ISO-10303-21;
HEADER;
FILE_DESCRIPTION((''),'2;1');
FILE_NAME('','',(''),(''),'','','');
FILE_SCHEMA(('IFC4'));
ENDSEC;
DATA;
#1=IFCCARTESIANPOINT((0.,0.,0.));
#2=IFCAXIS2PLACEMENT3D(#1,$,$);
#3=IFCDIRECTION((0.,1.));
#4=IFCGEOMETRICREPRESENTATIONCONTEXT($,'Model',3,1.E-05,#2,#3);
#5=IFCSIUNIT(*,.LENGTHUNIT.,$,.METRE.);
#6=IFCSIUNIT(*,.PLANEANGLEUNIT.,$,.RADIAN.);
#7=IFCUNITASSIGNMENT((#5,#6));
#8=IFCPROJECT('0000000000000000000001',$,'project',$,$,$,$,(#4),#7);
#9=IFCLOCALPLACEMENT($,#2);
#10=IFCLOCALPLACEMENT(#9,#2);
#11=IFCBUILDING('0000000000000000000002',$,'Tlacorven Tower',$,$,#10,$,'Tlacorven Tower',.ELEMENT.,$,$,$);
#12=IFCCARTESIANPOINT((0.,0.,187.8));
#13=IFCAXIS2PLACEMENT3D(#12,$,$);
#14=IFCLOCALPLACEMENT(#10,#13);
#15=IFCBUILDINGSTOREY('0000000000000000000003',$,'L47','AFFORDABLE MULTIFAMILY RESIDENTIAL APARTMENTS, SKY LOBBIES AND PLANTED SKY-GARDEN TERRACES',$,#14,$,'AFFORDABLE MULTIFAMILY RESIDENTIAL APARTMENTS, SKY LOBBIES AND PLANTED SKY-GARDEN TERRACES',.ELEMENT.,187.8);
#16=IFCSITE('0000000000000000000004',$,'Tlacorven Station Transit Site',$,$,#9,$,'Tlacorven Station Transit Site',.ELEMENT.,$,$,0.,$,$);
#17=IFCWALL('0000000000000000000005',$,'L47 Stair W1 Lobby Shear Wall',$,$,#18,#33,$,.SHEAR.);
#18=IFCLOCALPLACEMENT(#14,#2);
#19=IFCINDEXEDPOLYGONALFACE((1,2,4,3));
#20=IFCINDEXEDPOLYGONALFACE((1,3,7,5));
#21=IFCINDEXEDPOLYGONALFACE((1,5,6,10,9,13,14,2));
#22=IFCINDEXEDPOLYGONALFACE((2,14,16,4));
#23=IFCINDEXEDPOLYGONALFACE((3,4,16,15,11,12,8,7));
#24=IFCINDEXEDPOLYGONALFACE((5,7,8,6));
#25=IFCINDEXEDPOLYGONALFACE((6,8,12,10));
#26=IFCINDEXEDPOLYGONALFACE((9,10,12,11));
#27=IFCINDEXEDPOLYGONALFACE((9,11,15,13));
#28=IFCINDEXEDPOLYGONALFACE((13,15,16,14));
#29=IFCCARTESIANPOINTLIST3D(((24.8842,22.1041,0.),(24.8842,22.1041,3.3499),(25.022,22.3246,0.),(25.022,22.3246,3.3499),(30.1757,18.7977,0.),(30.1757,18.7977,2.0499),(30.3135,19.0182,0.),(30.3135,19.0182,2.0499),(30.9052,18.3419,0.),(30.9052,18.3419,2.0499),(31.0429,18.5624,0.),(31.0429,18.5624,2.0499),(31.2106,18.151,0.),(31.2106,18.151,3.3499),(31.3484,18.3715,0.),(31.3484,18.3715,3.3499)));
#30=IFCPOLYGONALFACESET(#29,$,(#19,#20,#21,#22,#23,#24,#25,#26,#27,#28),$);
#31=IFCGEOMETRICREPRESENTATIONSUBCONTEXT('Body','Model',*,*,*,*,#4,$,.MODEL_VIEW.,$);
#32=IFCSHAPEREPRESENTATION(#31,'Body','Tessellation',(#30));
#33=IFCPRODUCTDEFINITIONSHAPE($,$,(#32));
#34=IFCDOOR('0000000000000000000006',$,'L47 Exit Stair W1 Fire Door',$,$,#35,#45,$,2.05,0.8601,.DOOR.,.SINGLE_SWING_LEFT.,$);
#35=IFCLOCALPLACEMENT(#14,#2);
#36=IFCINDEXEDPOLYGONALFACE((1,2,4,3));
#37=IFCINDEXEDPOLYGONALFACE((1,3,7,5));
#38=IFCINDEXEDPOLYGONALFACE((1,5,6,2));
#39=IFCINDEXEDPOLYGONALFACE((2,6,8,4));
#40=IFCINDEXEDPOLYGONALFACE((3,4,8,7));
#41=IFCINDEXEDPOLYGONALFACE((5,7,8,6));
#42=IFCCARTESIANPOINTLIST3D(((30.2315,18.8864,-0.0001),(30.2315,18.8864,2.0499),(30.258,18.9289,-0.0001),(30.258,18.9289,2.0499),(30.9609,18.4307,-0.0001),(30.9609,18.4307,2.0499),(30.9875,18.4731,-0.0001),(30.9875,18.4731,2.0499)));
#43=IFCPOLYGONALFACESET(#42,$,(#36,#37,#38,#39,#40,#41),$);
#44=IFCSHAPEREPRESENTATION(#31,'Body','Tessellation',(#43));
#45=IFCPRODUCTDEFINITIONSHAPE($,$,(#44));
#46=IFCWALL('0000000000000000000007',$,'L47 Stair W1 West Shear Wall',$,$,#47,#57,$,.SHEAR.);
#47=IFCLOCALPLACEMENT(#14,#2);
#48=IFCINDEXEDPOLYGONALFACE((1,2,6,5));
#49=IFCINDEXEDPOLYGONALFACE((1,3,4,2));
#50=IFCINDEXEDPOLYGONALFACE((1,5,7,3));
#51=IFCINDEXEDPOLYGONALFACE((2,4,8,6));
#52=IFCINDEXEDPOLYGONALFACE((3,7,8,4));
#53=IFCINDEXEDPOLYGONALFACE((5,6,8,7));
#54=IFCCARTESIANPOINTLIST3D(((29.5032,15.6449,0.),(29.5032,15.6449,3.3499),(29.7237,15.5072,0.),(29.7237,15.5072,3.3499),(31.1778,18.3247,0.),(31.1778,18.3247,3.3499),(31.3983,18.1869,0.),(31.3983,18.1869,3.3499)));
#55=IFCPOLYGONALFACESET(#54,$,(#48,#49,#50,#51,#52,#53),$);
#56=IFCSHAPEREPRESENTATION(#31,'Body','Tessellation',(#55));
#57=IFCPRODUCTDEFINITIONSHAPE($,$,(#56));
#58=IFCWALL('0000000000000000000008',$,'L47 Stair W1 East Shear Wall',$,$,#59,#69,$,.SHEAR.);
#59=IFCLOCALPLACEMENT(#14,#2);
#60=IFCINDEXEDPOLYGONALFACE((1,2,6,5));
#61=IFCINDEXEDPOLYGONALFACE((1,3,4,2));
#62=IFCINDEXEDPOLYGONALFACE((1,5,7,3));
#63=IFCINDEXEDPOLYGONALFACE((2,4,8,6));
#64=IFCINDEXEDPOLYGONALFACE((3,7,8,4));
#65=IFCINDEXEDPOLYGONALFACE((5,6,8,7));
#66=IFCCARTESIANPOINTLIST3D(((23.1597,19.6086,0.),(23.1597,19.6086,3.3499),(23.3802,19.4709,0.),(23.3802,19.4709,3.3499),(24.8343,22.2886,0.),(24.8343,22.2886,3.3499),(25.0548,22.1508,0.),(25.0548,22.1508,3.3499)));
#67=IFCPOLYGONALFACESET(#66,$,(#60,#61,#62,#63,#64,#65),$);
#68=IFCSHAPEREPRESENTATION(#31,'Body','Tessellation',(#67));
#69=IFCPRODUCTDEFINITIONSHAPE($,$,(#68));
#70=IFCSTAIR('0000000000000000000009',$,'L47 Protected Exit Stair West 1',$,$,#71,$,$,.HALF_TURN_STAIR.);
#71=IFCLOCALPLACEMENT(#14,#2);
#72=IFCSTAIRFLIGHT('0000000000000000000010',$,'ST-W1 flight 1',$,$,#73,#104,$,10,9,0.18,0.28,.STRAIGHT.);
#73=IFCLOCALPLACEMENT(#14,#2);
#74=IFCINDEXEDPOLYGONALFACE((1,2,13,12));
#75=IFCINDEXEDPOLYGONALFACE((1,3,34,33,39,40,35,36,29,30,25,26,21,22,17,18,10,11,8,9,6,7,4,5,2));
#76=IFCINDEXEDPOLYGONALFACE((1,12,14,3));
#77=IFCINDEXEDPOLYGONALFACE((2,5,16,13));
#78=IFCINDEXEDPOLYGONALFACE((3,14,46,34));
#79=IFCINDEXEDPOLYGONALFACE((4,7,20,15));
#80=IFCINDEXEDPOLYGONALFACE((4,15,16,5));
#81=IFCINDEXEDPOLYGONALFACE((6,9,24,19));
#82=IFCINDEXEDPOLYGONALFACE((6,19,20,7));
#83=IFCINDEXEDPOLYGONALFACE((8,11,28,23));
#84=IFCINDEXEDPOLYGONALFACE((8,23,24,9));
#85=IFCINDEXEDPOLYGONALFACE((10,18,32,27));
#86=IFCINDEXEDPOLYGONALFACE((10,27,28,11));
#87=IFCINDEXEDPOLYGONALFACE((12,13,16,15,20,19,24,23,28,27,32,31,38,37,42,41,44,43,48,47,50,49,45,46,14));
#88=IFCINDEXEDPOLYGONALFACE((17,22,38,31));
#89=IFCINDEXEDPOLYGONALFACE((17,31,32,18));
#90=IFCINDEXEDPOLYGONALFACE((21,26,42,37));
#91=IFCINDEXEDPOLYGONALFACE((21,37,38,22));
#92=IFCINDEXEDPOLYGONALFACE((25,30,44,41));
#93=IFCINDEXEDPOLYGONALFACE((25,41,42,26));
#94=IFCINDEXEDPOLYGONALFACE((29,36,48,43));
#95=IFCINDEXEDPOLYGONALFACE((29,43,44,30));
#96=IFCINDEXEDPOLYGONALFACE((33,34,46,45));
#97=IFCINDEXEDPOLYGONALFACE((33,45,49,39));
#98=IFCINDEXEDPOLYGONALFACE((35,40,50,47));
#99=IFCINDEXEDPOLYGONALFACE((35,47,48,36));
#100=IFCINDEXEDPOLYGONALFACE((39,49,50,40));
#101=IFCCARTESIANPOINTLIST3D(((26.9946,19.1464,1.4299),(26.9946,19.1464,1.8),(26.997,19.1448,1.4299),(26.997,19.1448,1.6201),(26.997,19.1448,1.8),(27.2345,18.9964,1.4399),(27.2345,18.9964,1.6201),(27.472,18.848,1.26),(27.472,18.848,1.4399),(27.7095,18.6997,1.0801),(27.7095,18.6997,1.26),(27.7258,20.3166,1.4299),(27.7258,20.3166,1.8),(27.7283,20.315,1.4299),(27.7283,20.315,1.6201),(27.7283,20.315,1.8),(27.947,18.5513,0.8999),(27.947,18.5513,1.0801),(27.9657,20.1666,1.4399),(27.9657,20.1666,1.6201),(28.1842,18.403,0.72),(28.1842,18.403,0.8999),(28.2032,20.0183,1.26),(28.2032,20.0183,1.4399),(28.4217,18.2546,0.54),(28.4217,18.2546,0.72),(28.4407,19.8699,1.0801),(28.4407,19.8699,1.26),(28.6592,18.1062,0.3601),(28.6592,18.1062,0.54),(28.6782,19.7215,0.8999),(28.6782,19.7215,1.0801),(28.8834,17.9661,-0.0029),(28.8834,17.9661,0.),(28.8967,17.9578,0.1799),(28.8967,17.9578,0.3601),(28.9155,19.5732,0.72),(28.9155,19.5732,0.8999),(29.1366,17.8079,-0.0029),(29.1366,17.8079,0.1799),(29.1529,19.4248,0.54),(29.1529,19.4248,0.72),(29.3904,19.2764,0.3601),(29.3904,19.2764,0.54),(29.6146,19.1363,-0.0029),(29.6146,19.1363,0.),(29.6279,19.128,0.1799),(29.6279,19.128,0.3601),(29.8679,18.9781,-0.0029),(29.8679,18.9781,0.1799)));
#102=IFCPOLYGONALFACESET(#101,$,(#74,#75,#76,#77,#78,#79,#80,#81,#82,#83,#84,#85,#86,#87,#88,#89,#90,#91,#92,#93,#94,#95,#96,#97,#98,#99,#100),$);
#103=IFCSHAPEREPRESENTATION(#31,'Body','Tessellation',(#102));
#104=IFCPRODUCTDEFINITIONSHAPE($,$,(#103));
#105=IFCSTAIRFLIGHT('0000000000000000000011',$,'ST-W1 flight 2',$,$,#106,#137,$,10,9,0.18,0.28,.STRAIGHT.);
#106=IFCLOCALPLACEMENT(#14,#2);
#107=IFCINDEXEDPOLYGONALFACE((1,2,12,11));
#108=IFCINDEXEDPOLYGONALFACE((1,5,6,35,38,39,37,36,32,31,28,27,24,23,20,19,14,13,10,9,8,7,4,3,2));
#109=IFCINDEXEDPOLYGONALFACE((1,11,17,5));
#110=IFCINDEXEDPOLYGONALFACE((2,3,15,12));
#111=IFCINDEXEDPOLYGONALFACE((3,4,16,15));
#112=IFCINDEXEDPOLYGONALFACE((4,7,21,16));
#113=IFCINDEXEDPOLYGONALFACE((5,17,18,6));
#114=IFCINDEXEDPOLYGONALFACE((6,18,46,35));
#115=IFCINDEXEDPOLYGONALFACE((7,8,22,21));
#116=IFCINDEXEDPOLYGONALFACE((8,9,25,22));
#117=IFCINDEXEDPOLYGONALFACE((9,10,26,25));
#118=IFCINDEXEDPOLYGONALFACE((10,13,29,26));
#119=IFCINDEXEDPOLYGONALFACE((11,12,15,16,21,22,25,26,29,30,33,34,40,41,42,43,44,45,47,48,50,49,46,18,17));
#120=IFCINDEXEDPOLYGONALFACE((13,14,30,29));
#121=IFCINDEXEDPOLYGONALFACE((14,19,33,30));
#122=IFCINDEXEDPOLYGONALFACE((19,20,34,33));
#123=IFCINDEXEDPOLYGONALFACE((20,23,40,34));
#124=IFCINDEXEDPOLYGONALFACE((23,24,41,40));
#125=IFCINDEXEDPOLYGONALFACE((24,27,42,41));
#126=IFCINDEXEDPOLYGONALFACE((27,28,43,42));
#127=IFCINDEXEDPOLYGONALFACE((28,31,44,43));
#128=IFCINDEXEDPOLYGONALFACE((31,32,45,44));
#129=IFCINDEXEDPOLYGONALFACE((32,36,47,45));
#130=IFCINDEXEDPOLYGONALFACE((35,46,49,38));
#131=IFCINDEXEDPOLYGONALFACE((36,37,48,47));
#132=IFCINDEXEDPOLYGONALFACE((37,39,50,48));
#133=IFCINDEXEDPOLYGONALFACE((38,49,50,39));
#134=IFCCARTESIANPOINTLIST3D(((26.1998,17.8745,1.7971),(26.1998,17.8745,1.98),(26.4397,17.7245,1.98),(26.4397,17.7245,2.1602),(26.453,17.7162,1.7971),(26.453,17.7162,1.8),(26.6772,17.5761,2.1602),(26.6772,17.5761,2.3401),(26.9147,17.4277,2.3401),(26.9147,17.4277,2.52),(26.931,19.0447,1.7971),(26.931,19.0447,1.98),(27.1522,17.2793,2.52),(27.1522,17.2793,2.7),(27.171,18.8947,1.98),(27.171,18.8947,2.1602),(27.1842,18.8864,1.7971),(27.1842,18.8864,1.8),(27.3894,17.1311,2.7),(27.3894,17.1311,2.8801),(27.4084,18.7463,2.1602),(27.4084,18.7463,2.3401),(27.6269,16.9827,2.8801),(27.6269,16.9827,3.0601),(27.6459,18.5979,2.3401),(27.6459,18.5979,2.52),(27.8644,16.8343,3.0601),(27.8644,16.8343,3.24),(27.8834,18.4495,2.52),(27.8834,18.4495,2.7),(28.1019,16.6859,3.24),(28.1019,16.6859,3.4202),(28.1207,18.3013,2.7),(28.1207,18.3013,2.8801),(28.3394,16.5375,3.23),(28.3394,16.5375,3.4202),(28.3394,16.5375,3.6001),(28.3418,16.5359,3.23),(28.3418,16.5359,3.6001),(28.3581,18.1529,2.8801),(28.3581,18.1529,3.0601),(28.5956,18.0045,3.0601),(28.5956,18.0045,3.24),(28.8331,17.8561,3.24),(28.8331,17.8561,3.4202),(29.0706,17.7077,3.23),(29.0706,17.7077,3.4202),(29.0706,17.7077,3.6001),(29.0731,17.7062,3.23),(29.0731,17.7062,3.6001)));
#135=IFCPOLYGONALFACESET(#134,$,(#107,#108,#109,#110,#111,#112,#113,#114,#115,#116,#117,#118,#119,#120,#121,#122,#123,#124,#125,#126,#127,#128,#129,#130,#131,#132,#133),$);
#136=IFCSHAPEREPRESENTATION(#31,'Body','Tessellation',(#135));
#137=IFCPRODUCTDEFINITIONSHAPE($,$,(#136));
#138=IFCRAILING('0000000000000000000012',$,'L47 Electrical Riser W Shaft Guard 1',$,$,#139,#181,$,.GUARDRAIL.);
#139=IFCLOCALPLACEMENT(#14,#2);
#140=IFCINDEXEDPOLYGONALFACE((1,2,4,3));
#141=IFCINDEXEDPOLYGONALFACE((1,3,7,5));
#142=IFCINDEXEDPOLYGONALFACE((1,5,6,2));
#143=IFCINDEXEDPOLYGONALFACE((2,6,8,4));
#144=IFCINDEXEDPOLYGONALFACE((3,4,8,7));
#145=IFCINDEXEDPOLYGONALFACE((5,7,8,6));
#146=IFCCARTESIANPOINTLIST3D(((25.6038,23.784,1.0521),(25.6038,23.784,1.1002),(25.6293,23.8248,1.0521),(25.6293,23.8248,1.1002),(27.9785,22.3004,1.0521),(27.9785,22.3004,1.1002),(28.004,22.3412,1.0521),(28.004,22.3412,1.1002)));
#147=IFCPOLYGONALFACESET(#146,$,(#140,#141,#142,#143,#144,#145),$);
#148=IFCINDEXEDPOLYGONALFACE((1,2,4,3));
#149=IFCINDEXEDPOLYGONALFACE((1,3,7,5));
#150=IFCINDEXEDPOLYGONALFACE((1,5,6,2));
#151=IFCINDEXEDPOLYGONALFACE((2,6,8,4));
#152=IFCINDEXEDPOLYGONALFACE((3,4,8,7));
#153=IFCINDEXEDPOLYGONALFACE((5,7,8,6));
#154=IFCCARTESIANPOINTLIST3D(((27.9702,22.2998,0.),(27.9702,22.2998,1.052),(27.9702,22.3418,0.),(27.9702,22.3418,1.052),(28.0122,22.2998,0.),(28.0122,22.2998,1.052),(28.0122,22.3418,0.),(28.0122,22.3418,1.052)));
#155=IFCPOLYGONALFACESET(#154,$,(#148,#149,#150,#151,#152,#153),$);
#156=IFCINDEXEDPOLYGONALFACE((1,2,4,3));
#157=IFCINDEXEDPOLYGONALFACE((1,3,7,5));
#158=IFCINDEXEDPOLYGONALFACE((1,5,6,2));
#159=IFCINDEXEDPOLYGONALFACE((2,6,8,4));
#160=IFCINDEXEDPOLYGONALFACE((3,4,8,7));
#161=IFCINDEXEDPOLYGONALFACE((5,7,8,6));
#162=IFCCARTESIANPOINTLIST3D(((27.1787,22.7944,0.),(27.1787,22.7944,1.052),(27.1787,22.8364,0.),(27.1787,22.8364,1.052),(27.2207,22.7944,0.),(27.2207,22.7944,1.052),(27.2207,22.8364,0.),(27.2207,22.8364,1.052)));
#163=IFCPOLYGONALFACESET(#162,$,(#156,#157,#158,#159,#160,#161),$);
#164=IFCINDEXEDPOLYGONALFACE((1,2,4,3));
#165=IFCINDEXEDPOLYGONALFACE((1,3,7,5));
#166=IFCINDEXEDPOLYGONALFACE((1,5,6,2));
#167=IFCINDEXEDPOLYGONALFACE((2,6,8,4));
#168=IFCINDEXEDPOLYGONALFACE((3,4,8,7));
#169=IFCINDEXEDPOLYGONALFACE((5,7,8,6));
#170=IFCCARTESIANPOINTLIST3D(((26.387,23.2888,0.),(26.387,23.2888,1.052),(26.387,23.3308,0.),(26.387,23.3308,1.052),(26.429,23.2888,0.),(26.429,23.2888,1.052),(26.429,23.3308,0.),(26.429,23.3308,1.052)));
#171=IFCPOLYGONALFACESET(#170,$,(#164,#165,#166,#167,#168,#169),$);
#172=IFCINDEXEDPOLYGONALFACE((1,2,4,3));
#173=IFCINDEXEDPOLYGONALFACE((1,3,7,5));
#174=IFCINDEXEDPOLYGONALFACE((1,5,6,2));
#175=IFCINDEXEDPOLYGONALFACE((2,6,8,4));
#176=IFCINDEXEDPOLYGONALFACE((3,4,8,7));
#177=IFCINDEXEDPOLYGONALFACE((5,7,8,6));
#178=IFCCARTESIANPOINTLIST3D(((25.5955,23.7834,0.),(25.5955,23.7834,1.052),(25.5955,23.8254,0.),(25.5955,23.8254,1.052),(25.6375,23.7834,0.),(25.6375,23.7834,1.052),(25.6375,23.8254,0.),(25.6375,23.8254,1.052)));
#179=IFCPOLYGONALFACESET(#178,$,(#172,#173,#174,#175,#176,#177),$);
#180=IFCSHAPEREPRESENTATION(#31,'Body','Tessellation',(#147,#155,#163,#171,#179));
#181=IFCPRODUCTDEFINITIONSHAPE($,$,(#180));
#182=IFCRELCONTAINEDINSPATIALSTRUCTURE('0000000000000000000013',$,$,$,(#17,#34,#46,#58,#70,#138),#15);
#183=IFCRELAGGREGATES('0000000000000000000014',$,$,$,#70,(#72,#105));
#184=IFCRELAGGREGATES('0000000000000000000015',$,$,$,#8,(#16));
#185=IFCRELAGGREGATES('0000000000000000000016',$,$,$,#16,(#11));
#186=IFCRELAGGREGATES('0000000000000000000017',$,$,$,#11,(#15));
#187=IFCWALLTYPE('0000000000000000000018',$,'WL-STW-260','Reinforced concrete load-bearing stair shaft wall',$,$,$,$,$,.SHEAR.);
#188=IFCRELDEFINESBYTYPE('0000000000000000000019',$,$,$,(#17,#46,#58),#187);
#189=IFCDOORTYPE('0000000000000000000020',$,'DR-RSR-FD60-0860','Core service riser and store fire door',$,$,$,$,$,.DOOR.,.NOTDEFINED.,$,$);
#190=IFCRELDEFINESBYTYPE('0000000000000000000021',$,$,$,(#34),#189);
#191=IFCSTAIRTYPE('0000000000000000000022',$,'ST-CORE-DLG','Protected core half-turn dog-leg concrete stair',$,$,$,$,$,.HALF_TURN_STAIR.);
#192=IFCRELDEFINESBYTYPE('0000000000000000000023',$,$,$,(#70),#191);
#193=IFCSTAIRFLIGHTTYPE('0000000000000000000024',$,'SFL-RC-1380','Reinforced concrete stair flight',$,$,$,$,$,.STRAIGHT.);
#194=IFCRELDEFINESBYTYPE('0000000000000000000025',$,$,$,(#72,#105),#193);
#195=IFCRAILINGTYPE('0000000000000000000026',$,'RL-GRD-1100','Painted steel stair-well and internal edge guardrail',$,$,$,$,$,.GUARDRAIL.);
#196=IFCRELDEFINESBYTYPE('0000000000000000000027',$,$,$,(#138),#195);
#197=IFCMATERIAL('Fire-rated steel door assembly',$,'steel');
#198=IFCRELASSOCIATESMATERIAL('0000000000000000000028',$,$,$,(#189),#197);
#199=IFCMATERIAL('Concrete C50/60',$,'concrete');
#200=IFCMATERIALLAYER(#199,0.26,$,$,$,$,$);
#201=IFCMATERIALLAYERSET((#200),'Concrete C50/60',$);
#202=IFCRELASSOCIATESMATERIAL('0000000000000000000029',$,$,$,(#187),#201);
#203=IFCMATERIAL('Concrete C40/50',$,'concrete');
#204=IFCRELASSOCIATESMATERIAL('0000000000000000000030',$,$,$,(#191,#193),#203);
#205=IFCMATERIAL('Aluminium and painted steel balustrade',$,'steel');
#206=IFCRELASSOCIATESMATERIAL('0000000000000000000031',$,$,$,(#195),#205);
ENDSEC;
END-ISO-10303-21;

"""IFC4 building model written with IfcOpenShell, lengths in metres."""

from ifc_helpers import new_model, si_unit, direction, frame, frame_2d, origin, origin_2d, place, context, subcontext, project, spatial, polyline, rectangle, outline, extrude, source, transform, mapped, material, layer, layer_set, type_object, element, fill, aggregate, save


model = new_model("IFC4")

# Units and contexts
model_context = context("Model", 3, precision=1e-05, world=origin(), true_north=direction((0.0, 1.0)))
body_context = subcontext(model_context, "Body", "Model", "MODEL_VIEW")
ifc_project = project(units=[si_unit("LENGTHUNIT", "METRE"), si_unit("PLANEANGLEUNIT", "RADIAN")], contexts=[model_context])

# Site, building, storey
site_placement = place(None, origin())
site = spatial("IfcSite", under=ifc_project, at=site_placement, Name="Tlacorven Station Transit Site", LongName="Tlacorven Station Transit Site", CompositionType="ELEMENT", RefElevation=0.0)
building_placement = place(site_placement, origin())
building = spatial("IfcBuilding", under=site, at=building_placement, Name="Tlacorven Tower", LongName="Tlacorven Tower", CompositionType="ELEMENT")
storey_placement = place(building_placement, frame((0.0, 0.0, 187.8)))
storey = spatial("IfcBuildingStorey", under=building, at=storey_placement, Name="L47", Description="AFFORDABLE MULTIFAMILY RESIDENTIAL APARTMENTS, SKY LOBBIES AND PLANTED SKY-GARDEN TERRACES", LongName="AFFORDABLE MULTIFAMILY RESIDENTIAL APARTMENTS, SKY LOBBIES AND PLANTED SKY-GARDEN TERRACES", CompositionType="ELEMENT", Elevation=187.8)

# Shared definitions
ifc_material_1 = material(Name="Fire-rated steel door assembly", Category="steel")
door_type = type_object("IfcDoorType", Name="DR-RSR-FD60-0860", Description="Core service riser and store fire door", OperationType="NOTDEFINED", PredefinedType="DOOR", material=ifc_material_1)
shared_shape_1 = source(origin(), body_context, "Body", "SweptSolid", [
    extrude(rectangle(XDim=0.8601, YDim=2.05, at=frame_2d((0.4302, 1.0249))), frame((0.0, 0.0249, 0.0), z_axis=(0.0, -1.0, 0.0), x_axis=(1.0, 0.0, 0.0)), (0.0, 0.0, 1.0), 0.05),
])

# Shared definitions
ifc_material_2 = material(Name="Concrete C40/50", Category="concrete")

# Shared definitions
ifc_material_3 = material(Name="Concrete C50/60", Category="concrete")
ifc_layer_1 = layer(ifc_material_3, 0.26)
ifc_layer_set_1 = layer_set([ifc_layer_1], Name="Concrete C50/60")
wall_type_1 = type_object("IfcWallType", Name="WL-STW-260", Description="Reinforced concrete load-bearing stair shaft wall", PredefinedType="SHEAR", material=ifc_layer_set_1)

# Wall, opening, door
wall_1_placement = place(storey_placement, frame((31.2795, 18.2612, 0.0), z_axis=(0.0, 0.0, 1.0), x_axis=(-0.848052, 0.529914, 0.0)))
wall_1 = element("IfcWall", 1, at=wall_1_placement, inside=storey, type_object=wall_type_1, Name="L47 Stair W1 Lobby Shear Wall", PredefinedType="SHEAR", context=body_context, shape_type="SweptSolid", body=[
    extrude(rectangle(XDim=7.46, YDim=0.26, at=frame_2d((3.73, 0.0))), origin(), (0.0, 0.0, 1.0), 3.3499),
])
opening_1_placement = place(wall_1_placement, frame((0.3601, 0.0, 0.0)))
opening_1 = element("IfcOpeningElement", 2, at=opening_1_placement, cuts=wall_1, PredefinedType="OPENING", context=body_context, shape_type="SweptSolid", body=[
    extrude(rectangle(XDim=0.8601, YDim=2.05, at=frame_2d((0.4302, 1.0249))), frame((0.0, 0.1401, 0.0), z_axis=(0.0, -1.0, 0.0), x_axis=(1.0, 0.0, 0.0)), (0.0, 0.0, 1.0), 0.28),
])
door_1_placement = place(opening_1_placement, frame((0.8601, 0.0, 0.0), z_axis=(0.0, 0.0, 1.0), x_axis=(-1.0, 0.0, 0.0)))
door_1 = element("IfcDoor", 3, at=door_1_placement, inside=storey, type_object=door_type, Name="L47 Exit Stair W1 Fire Door", OperationType="SINGLE_SWING_LEFT", OverallHeight=2.05, OverallWidth=0.8601, PredefinedType="DOOR", context=body_context, shape_type="MappedRepresentation", body=[
    mapped(shared_shape_1, transform((0.0, 0.0, 0.0), scale=1.0)),
])
fill(opening_1, door_1)

# Walls
wall_2_placement = place(storey_placement, frame((31.2881, 18.2559, 0.0), z_axis=(0.0, 0.0, 1.0), x_axis=(-0.529943, -0.848033, 0.0)))
element("IfcWall", 4, at=wall_2_placement, inside=storey, type_object=wall_type_1, Name="L47 Stair W1 West Shear Wall", PredefinedType="SHEAR", context=body_context, shape_type="SweptSolid", body=[
    extrude(rectangle(XDim=3.1599, YDim=0.26, at=frame_2d((1.5801, 0.0))), origin(), (0.0, 0.0, 1.0), 3.3499),
])
wall_3_placement = place(storey_placement, frame((24.9446, 22.2197, 0.0), z_axis=(0.0, 0.0, 1.0), x_axis=(-0.529909, -0.848055, 0.0)))
element("IfcWall", 5, at=wall_3_placement, inside=storey, type_object=wall_type_1, Name="L47 Stair W1 East Shear Wall", PredefinedType="SHEAR", context=body_context, shape_type="SweptSolid", body=[
    extrude(rectangle(XDim=3.1602, YDim=0.26, at=frame_2d((1.5801, 0.0))), origin(), (0.0, 0.0, 1.0), 3.3499),
])

# Stair, stair flights
stair_type = type_object("IfcStairType", Name="ST-CORE-DLG", Description="Protected core half-turn dog-leg concrete stair", PredefinedType="HALF_TURN_STAIR", material=ifc_material_2)
stair_placement = place(storey_placement, origin())
stair = element("IfcStair", 6, at=stair_placement, inside=storey, type_object=stair_type, Name="L47 Protected Exit Stair West 1", PredefinedType="HALF_TURN_STAIR")
stair_flight_type = type_object("IfcStairFlightType", Name="SFL-RC-1380", Description="Reinforced concrete stair flight", PredefinedType="STRAIGHT", material=ifc_material_2)
shared_shape_2 = source(origin(), body_context, "Body", "SweptSolid", [
    extrude(outline(polyline([(-0.0029, -0.0029), (-0.0029, 0.1799), (0.28, 0.1799), (0.28, 0.3601), (0.5601, 0.3601), (0.5601, 0.54), (0.8401, 0.54), (0.8401, 0.72), (1.1201, 0.72), (1.1201, 0.8999), (1.3999, 0.8999), (1.3999, 1.0801), (1.6799, 1.0801), (1.6799, 1.26), (1.96, 1.26), (1.96, 1.4399), (2.24, 1.4399), (2.24, 1.6201), (2.52, 1.6201), (2.52, 1.8), (2.5229, 1.8), (2.5229, 1.4299), (2.52, 1.4299), (0.2957, 0.0), (0.2957, -0.0029), (-0.0029, -0.0029)])), frame((0.0, 0.6899, 0.0), z_axis=(0.0, -1.0, 0.0), x_axis=(1.0, 0.0, 0.0)), (0.0, 0.0, 1.0), 1.3799),
])
stair_flight_1_placement = place(storey_placement, frame((29.4998, 18.3945, 0.0), z_axis=(0.0, 0.0, 1.0), x_axis=(-0.848048, 0.529919, 0.0)))
stair_flight_1 = element("IfcStairFlight", 7, at=stair_flight_1_placement, type_object=stair_flight_type, Name="ST-W1 flight 1", NumberOfRisers=10, NumberOfTreads=9, PredefinedType="STRAIGHT", RiserHeight=0.18, TreadLength=0.28, context=body_context, shape_type="MappedRepresentation", body=[
    mapped(shared_shape_2, transform((0.0, 0.0, 0.0), scale=1.0)),
])
stair_flight_2_placement = place(storey_placement, frame((26.5679, 18.458, 1.8), z_axis=(0.0, 0.0, 1.0), x_axis=(0.848048, -0.529919, 0.0)))
stair_flight_2 = element("IfcStairFlight", 8, at=stair_flight_2_placement, type_object=stair_flight_type, Name="ST-W1 flight 2", NumberOfRisers=10, NumberOfTreads=9, PredefinedType="STRAIGHT", RiserHeight=0.18, TreadLength=0.28, context=body_context, shape_type="MappedRepresentation", body=[
    mapped(shared_shape_2, transform((0.0, 0.0, 0.0), scale=1.0)),
])
aggregate(stair, [stair_flight_1, stair_flight_2])

# Railing
ifc_material_4 = material(Name="Aluminium and painted steel balustrade", Category="steel")
railing_type_1 = type_object("IfcRailingType", Name="RL-GRD-1100", Description="Painted steel stair-well and internal edge guardrail", PredefinedType="GUARDRAIL", material=ifc_material_4)
shared_shape_3 = source(origin(), body_context, "Body", "SweptSolid", [
    extrude(rectangle(XDim=0.0481, YDim=0.0481, at=origin_2d()), frame((0.0, 0.0, 1.0762), z_axis=(-0.848091, 0.52985, 0.0), x_axis=(-0.52985, -0.848091, 0.0)), (0.0, 0.0, 1.0), 2.8),
    extrude(rectangle(XDim=0.042, YDim=0.042, at=origin_2d()), origin(), (0.0, 0.0, 1.0), 1.052),
    extrude(rectangle(XDim=0.042, YDim=0.042, at=origin_2d()), frame((-0.7915, 0.4946, 0.0)), (0.0, 0.0, 1.0), 1.052),
    extrude(rectangle(XDim=0.042, YDim=0.042, at=origin_2d()), frame((-1.5833, 0.989, 0.0)), (0.0, 0.0, 1.0), 1.052),
    extrude(rectangle(XDim=0.042, YDim=0.042, at=origin_2d()), frame((-2.3748, 1.4836, 0.0)), (0.0, 0.0, 1.0), 1.052),
])
railing_1_placement = place(storey_placement, frame((27.9912, 22.3208, 0.0)))
element("IfcRailing", 9, at=railing_1_placement, inside=storey, type_object=railing_type_1, Name="L47 Electrical Riser W Shaft Guard 1", PredefinedType="GUARDRAIL", context=body_context, shape_type="MappedRepresentation", body=[
    mapped(shared_shape_3, transform((0.0, 0.0, 0.0), scale=1.0)),
])

save(model, "model.ifc")
